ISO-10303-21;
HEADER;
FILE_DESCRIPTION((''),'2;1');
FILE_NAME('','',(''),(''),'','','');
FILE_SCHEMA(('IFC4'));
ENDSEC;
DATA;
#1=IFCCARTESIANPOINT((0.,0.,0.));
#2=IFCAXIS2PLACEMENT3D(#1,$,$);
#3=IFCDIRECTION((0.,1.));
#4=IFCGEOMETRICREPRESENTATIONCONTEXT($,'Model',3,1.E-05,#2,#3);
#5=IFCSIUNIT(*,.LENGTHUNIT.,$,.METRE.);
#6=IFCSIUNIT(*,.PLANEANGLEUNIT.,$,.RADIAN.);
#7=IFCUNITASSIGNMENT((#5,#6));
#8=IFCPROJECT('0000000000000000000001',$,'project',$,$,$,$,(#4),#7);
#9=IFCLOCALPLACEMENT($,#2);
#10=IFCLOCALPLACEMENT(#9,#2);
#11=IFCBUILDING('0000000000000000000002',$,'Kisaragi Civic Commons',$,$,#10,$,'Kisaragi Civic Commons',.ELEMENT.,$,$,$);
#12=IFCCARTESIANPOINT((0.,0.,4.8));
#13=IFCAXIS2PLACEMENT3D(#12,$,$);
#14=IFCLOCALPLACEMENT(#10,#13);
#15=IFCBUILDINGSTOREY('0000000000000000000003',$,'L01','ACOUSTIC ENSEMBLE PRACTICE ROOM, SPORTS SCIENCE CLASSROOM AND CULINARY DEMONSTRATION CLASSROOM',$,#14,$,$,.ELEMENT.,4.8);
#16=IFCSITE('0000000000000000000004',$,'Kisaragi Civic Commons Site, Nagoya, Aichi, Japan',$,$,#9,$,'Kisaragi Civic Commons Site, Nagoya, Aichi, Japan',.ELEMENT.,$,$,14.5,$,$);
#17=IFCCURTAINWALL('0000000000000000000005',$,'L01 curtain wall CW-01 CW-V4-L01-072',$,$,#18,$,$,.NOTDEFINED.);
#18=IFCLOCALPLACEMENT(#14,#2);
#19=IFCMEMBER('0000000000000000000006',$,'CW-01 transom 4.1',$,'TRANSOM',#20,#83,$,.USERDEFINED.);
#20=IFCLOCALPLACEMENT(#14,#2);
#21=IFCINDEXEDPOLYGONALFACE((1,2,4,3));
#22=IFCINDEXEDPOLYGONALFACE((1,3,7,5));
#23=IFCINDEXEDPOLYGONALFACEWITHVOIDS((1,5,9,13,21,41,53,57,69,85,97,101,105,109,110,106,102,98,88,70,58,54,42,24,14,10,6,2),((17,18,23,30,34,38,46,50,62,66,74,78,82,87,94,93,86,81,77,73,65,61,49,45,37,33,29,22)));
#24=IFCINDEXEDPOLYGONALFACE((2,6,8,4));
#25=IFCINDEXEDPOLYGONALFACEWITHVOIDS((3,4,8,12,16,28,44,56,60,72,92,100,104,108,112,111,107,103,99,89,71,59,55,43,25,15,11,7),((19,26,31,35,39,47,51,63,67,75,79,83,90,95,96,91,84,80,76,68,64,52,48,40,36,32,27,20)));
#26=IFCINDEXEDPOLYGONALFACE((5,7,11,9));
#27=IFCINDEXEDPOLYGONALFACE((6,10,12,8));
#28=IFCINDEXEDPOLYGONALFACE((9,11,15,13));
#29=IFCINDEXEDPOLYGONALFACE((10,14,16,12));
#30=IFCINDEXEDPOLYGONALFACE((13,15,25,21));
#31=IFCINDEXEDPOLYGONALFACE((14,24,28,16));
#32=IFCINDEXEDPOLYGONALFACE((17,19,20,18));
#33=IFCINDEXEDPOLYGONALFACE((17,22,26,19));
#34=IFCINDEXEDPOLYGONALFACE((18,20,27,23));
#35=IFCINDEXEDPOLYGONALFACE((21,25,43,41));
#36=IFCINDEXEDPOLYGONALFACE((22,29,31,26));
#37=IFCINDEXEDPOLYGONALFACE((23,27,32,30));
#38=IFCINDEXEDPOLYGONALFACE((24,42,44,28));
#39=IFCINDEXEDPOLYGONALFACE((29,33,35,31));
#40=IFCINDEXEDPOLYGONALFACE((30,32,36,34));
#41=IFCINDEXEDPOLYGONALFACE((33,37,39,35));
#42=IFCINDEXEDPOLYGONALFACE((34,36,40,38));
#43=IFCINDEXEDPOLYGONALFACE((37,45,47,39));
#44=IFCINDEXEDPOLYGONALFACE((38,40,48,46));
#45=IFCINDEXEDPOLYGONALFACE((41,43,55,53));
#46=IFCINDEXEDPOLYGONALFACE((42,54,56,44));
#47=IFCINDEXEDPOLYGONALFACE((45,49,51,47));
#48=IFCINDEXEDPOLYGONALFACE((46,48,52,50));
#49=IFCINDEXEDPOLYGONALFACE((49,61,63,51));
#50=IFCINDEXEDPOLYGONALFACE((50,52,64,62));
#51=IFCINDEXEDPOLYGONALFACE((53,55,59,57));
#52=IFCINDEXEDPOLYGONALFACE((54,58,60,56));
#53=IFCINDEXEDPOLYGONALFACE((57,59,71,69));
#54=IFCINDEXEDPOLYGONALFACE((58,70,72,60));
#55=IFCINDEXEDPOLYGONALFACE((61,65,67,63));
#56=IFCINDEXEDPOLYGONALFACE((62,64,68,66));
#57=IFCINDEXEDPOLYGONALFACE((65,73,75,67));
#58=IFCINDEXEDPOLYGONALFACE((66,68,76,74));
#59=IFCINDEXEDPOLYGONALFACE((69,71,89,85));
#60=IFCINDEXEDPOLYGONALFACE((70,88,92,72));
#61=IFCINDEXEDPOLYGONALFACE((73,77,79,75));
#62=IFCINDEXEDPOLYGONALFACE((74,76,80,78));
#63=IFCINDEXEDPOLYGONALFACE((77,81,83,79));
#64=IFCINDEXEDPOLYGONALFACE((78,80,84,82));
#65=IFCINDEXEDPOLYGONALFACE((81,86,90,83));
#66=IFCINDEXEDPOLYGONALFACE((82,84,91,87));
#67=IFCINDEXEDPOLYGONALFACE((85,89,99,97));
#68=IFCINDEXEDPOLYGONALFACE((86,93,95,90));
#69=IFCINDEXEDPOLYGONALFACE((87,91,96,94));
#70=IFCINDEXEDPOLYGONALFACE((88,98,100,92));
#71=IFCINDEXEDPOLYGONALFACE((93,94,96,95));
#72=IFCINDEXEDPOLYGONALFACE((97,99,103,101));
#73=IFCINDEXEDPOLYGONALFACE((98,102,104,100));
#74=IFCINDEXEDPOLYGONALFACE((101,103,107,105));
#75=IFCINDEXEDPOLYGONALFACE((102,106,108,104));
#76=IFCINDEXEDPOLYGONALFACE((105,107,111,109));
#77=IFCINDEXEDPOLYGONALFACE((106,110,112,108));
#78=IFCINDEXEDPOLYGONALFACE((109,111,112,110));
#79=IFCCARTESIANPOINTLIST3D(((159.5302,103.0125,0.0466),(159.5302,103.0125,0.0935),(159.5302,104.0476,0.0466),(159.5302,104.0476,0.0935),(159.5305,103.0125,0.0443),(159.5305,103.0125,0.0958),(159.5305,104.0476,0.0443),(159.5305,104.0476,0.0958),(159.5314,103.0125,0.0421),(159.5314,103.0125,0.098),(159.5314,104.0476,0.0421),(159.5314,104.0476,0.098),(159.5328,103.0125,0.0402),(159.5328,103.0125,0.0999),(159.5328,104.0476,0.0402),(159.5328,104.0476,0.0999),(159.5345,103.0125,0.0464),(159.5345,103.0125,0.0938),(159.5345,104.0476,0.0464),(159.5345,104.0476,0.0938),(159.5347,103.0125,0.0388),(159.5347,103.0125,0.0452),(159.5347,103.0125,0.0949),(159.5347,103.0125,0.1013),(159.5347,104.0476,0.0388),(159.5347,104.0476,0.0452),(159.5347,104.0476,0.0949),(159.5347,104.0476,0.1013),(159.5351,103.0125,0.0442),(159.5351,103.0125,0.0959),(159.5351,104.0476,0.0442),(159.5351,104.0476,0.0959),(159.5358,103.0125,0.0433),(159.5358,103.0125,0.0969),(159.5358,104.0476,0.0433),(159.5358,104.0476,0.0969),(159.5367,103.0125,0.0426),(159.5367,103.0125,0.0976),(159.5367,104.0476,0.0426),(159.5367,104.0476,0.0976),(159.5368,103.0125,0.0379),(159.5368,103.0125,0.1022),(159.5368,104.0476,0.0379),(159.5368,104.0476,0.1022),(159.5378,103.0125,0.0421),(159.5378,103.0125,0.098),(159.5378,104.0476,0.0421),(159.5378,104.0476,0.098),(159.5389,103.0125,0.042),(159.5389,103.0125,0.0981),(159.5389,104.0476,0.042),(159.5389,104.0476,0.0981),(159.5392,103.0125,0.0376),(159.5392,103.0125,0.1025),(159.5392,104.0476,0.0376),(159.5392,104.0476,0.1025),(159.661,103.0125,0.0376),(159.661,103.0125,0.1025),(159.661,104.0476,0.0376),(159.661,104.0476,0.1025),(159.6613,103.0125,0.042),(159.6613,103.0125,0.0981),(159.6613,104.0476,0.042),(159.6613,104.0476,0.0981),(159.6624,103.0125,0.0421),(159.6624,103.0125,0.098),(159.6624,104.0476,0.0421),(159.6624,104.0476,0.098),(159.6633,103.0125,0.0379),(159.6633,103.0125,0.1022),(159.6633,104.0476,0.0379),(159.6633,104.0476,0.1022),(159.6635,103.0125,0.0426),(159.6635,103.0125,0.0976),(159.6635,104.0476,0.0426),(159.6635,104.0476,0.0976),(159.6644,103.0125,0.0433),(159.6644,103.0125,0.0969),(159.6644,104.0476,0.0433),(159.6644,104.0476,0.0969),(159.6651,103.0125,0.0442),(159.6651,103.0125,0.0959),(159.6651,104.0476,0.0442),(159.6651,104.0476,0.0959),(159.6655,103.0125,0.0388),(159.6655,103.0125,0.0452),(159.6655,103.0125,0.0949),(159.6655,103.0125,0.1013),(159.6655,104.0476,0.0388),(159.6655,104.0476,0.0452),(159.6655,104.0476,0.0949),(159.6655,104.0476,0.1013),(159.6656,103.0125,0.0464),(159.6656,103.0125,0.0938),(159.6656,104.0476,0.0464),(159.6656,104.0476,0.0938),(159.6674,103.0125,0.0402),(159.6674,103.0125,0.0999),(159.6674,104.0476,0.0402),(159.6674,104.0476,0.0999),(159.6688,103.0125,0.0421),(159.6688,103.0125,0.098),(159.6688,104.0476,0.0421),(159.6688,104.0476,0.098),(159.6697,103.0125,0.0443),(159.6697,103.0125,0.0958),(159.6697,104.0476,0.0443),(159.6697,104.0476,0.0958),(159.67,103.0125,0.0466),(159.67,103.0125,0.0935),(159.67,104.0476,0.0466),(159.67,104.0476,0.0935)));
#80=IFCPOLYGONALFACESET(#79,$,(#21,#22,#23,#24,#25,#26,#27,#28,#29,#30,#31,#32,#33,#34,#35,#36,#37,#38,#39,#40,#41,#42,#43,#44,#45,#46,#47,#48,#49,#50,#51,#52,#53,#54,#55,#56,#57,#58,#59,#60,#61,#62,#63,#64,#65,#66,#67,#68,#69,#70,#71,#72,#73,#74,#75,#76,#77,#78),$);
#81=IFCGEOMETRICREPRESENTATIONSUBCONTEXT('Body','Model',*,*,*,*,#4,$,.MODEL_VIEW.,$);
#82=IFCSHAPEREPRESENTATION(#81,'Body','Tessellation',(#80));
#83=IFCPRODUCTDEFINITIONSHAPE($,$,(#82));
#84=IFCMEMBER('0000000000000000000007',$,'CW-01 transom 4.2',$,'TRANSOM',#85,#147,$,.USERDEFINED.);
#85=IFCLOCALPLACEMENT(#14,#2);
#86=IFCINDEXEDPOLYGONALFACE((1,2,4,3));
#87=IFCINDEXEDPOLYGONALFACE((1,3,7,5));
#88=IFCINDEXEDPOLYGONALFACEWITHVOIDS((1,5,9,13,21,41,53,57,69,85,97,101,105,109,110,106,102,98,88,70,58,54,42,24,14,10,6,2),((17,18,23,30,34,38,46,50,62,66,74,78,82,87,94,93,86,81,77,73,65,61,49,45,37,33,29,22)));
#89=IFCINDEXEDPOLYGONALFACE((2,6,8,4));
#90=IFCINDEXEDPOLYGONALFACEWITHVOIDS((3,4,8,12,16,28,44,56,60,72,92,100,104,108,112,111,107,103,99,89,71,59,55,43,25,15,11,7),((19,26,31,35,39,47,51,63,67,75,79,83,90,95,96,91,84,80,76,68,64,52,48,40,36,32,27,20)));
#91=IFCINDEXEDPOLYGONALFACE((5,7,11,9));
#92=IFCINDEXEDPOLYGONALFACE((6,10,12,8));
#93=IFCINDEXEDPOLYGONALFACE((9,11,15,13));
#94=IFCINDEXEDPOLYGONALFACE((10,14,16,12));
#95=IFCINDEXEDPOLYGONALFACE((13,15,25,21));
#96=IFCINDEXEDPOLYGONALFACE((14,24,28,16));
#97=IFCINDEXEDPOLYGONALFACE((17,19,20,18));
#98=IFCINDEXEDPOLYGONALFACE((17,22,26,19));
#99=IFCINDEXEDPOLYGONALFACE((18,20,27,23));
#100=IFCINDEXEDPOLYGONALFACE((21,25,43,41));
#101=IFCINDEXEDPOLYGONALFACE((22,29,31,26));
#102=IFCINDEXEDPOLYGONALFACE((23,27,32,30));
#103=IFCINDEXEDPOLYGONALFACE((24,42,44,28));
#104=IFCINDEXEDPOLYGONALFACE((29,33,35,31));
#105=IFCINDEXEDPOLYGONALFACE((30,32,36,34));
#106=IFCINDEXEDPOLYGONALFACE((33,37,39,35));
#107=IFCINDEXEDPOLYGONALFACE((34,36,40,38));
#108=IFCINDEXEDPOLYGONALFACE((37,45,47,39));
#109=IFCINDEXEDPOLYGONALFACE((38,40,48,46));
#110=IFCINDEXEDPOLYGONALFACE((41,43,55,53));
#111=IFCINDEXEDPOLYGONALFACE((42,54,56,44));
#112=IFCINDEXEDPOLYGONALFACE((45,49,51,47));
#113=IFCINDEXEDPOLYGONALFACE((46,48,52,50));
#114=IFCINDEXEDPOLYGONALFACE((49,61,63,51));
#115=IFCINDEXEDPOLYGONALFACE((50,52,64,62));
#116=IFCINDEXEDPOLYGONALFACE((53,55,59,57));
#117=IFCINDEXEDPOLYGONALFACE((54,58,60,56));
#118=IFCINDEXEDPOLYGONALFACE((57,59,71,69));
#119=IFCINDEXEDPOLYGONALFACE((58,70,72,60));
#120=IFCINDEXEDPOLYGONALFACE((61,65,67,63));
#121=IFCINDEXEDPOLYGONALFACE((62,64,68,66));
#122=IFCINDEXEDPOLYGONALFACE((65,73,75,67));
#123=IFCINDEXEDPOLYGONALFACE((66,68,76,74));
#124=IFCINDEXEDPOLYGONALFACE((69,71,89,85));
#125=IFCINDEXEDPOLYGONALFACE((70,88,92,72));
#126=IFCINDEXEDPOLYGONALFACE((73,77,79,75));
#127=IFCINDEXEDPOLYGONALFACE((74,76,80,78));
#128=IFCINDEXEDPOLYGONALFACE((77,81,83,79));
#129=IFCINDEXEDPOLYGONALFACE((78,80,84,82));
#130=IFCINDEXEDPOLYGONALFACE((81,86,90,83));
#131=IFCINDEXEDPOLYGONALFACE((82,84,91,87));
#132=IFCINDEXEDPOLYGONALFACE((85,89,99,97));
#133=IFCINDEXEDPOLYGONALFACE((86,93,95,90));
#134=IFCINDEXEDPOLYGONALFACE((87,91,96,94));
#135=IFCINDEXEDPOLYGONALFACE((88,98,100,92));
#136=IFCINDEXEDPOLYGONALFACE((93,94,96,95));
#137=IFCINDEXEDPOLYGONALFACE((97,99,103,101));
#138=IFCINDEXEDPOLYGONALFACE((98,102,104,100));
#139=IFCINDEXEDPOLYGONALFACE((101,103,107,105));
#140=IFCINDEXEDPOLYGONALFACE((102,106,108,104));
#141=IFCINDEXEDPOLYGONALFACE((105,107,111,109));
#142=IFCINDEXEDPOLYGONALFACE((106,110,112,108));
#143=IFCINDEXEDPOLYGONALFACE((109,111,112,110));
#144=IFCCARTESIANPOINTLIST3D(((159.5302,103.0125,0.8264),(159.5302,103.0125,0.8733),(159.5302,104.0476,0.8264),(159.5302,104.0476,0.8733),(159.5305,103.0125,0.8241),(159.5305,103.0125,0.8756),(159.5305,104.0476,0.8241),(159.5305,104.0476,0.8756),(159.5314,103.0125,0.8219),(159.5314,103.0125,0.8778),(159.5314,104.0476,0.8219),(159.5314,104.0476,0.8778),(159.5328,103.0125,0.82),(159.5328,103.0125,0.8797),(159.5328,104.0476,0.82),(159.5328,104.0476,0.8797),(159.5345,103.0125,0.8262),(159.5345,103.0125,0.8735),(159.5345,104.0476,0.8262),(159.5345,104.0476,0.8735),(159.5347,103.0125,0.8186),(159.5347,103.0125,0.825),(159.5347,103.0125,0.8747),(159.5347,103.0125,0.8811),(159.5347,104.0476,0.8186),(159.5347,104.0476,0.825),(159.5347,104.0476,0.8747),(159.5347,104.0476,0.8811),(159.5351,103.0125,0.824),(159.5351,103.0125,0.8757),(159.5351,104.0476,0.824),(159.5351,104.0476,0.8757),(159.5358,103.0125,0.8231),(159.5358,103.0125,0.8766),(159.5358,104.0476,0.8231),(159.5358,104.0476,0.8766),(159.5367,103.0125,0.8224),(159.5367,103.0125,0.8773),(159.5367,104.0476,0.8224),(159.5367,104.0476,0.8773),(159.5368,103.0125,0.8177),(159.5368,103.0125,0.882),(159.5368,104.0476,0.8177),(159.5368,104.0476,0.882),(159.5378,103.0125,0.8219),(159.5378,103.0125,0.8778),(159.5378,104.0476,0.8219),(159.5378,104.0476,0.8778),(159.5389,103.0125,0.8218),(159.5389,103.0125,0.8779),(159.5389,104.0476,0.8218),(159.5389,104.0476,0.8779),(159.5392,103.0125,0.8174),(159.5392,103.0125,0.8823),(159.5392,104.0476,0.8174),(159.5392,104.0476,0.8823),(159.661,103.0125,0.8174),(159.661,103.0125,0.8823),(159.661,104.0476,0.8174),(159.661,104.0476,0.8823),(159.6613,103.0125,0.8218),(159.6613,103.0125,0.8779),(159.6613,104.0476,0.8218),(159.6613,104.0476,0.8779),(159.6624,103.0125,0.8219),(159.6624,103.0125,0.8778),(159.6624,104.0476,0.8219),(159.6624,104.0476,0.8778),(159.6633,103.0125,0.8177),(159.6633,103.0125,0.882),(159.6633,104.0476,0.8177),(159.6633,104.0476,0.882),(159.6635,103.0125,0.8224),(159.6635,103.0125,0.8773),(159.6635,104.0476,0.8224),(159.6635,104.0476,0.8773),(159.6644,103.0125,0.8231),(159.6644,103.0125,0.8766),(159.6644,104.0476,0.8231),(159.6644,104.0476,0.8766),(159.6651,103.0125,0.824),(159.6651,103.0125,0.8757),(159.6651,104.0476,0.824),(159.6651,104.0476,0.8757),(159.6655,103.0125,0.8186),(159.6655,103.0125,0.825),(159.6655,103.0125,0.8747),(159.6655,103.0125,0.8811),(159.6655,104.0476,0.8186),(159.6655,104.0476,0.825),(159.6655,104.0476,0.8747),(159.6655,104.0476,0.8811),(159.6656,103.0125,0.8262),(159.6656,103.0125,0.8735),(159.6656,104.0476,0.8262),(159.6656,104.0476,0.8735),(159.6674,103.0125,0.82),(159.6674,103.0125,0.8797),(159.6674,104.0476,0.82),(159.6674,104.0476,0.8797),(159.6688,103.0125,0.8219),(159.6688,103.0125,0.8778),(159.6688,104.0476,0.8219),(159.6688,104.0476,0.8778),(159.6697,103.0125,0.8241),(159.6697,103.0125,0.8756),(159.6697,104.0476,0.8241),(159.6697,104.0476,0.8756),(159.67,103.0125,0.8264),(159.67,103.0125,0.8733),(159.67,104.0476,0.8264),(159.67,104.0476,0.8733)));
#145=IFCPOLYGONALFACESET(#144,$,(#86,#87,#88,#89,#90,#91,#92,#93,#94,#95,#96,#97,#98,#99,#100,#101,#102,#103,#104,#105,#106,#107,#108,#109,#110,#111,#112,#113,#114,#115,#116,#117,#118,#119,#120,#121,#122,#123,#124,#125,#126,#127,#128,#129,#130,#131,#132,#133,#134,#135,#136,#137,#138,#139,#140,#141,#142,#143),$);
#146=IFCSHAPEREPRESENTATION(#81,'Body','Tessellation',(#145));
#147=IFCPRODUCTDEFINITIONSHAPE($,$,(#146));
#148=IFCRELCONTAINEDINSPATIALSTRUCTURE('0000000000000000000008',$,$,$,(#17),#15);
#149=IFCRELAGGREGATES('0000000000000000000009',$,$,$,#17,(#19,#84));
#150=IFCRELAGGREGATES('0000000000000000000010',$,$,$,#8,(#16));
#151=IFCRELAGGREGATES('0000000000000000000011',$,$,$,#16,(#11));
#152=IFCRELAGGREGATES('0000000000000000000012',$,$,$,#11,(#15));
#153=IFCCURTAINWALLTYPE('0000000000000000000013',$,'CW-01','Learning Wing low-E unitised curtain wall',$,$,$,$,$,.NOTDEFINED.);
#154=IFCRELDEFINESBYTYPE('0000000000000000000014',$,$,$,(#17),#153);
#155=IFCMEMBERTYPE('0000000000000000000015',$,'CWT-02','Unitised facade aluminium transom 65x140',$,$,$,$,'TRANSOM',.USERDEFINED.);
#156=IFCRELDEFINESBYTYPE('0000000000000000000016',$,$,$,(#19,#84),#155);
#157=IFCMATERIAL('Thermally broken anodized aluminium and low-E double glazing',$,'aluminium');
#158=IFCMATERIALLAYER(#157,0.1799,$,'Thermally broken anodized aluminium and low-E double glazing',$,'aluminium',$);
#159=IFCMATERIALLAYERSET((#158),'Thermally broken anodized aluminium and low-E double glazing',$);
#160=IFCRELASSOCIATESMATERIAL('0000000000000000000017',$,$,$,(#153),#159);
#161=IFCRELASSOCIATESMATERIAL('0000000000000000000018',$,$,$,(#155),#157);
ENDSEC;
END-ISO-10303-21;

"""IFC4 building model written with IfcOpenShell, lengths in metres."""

from ifc_helpers import new_model, si_unit, direction, frame, origin, origin_2d, place, context, subcontext, project, spatial, hollow_rectangle, extrude, material, layer, layer_set, material_profile, profile_set, type_object, element, aggregate, save


model = new_model("IFC4")

# Units and contexts
model_context = context("Model", 3, precision=1e-05, world=origin(), true_north=direction((0.0, 1.0)))
body_context = subcontext(model_context, "Body", "Model", "MODEL_VIEW")
ifc_project = project(units=[si_unit("LENGTHUNIT", "METRE"), si_unit("PLANEANGLEUNIT", "RADIAN")], contexts=[model_context])

# Site, building, storey
site_placement = place(None, origin())
site = spatial("IfcSite", under=ifc_project, at=site_placement, Name="Kisaragi Civic Commons Site, Nagoya, Aichi, Japan", LongName="Kisaragi Civic Commons Site, Nagoya, Aichi, Japan", CompositionType="ELEMENT", RefElevation=14.5)
building_placement = place(site_placement, origin())
building = spatial("IfcBuilding", under=site, at=building_placement, Name="Kisaragi Civic Commons", LongName="Kisaragi Civic Commons", CompositionType="ELEMENT")
storey_placement = place(building_placement, frame((0.0, 0.0, 4.8)))
storey = spatial("IfcBuildingStorey", under=building, at=storey_placement, Name="L01", Description="ACOUSTIC ENSEMBLE PRACTICE ROOM, SPORTS SCIENCE CLASSROOM AND CULINARY DEMONSTRATION CLASSROOM", CompositionType="ELEMENT", Elevation=4.8)

# Curtain wall, members
ifc_material = material(Name="Thermally broken anodized aluminium and low-E double glazing", Category="aluminium")
ifc_layer_1 = layer(ifc_material, 0.1799, Name="Thermally broken anodized aluminium and low-E double glazing", Category="aluminium")
ifc_layer_set_1 = layer_set([ifc_layer_1], Name="Thermally broken anodized aluminium and low-E double glazing")
curtain_wall_type = type_object("IfcCurtainWallType", Name="CW-01", Description="Learning Wing low-E unitised curtain wall", PredefinedType="NOTDEFINED", material=ifc_layer_set_1)
curtain_wall_placement = place(storey_placement, origin())
curtain_wall = element("IfcCurtainWall", 1, at=curtain_wall_placement, inside=storey, type_object=curtain_wall_type, Name="L01 curtain wall CW-01 CW-V4-L01-072", PredefinedType="NOTDEFINED")
ifc_material_profile_1 = material_profile(ifc_material, hollow_rectangle(XDim=0.1399, YDim=0.0649, WallThickness=0.0044, InnerFilletRadius=0.0044, OuterFilletRadius=0.009, at=origin_2d()), Name="CWT-65x140x4.5", Category="aluminium")
ifc_profile_set_1 = profile_set([ifc_material_profile_1], Name="Thermally broken anodized aluminium and low-E double glazing")
member_type_1 = type_object("IfcMemberType", Name="CWT-02", Description="Unitised facade aluminium transom 65x140", ElementType="TRANSOM", PredefinedType="USERDEFINED", material=ifc_profile_set_1)
member_1_placement = place(storey_placement, frame((159.6001, 104.0476, 0.0701), z_axis=(0.0, -1.0, 0.0), x_axis=(1.0, 0.0, 0.0)))
member_1 = element("IfcMember", 2, at=member_1_placement, type_object=member_type_1, Name="CW-01 transom 4.1", ObjectType="TRANSOM", PredefinedType="USERDEFINED", context=body_context, shape_type="SweptSolid", body=[
    extrude(hollow_rectangle(XDim=0.1399, YDim=0.0649, WallThickness=0.0044, InnerFilletRadius=0.0044, OuterFilletRadius=0.009, at=origin_2d()), origin(), (0.0, 0.0, 1.0), 1.0352),
])
member_2_placement = place(storey_placement, frame((159.6001, 104.0476, 0.8499), z_axis=(0.0, -1.0, 0.0), x_axis=(1.0, 0.0, 0.0)))
member_2 = element("IfcMember", 3, at=member_2_placement, type_object=member_type_1, Name="CW-01 transom 4.2", ObjectType="TRANSOM", PredefinedType="USERDEFINED", context=body_context, shape_type="SweptSolid", body=[
    extrude(hollow_rectangle(XDim=0.1399, YDim=0.0649, WallThickness=0.0044, InnerFilletRadius=0.0044, OuterFilletRadius=0.009, at=origin_2d()), origin(), (0.0, 0.0, 1.0), 1.0352),
])
aggregate(curtain_wall, [member_1, member_2])

save(model, "model.ifc")
